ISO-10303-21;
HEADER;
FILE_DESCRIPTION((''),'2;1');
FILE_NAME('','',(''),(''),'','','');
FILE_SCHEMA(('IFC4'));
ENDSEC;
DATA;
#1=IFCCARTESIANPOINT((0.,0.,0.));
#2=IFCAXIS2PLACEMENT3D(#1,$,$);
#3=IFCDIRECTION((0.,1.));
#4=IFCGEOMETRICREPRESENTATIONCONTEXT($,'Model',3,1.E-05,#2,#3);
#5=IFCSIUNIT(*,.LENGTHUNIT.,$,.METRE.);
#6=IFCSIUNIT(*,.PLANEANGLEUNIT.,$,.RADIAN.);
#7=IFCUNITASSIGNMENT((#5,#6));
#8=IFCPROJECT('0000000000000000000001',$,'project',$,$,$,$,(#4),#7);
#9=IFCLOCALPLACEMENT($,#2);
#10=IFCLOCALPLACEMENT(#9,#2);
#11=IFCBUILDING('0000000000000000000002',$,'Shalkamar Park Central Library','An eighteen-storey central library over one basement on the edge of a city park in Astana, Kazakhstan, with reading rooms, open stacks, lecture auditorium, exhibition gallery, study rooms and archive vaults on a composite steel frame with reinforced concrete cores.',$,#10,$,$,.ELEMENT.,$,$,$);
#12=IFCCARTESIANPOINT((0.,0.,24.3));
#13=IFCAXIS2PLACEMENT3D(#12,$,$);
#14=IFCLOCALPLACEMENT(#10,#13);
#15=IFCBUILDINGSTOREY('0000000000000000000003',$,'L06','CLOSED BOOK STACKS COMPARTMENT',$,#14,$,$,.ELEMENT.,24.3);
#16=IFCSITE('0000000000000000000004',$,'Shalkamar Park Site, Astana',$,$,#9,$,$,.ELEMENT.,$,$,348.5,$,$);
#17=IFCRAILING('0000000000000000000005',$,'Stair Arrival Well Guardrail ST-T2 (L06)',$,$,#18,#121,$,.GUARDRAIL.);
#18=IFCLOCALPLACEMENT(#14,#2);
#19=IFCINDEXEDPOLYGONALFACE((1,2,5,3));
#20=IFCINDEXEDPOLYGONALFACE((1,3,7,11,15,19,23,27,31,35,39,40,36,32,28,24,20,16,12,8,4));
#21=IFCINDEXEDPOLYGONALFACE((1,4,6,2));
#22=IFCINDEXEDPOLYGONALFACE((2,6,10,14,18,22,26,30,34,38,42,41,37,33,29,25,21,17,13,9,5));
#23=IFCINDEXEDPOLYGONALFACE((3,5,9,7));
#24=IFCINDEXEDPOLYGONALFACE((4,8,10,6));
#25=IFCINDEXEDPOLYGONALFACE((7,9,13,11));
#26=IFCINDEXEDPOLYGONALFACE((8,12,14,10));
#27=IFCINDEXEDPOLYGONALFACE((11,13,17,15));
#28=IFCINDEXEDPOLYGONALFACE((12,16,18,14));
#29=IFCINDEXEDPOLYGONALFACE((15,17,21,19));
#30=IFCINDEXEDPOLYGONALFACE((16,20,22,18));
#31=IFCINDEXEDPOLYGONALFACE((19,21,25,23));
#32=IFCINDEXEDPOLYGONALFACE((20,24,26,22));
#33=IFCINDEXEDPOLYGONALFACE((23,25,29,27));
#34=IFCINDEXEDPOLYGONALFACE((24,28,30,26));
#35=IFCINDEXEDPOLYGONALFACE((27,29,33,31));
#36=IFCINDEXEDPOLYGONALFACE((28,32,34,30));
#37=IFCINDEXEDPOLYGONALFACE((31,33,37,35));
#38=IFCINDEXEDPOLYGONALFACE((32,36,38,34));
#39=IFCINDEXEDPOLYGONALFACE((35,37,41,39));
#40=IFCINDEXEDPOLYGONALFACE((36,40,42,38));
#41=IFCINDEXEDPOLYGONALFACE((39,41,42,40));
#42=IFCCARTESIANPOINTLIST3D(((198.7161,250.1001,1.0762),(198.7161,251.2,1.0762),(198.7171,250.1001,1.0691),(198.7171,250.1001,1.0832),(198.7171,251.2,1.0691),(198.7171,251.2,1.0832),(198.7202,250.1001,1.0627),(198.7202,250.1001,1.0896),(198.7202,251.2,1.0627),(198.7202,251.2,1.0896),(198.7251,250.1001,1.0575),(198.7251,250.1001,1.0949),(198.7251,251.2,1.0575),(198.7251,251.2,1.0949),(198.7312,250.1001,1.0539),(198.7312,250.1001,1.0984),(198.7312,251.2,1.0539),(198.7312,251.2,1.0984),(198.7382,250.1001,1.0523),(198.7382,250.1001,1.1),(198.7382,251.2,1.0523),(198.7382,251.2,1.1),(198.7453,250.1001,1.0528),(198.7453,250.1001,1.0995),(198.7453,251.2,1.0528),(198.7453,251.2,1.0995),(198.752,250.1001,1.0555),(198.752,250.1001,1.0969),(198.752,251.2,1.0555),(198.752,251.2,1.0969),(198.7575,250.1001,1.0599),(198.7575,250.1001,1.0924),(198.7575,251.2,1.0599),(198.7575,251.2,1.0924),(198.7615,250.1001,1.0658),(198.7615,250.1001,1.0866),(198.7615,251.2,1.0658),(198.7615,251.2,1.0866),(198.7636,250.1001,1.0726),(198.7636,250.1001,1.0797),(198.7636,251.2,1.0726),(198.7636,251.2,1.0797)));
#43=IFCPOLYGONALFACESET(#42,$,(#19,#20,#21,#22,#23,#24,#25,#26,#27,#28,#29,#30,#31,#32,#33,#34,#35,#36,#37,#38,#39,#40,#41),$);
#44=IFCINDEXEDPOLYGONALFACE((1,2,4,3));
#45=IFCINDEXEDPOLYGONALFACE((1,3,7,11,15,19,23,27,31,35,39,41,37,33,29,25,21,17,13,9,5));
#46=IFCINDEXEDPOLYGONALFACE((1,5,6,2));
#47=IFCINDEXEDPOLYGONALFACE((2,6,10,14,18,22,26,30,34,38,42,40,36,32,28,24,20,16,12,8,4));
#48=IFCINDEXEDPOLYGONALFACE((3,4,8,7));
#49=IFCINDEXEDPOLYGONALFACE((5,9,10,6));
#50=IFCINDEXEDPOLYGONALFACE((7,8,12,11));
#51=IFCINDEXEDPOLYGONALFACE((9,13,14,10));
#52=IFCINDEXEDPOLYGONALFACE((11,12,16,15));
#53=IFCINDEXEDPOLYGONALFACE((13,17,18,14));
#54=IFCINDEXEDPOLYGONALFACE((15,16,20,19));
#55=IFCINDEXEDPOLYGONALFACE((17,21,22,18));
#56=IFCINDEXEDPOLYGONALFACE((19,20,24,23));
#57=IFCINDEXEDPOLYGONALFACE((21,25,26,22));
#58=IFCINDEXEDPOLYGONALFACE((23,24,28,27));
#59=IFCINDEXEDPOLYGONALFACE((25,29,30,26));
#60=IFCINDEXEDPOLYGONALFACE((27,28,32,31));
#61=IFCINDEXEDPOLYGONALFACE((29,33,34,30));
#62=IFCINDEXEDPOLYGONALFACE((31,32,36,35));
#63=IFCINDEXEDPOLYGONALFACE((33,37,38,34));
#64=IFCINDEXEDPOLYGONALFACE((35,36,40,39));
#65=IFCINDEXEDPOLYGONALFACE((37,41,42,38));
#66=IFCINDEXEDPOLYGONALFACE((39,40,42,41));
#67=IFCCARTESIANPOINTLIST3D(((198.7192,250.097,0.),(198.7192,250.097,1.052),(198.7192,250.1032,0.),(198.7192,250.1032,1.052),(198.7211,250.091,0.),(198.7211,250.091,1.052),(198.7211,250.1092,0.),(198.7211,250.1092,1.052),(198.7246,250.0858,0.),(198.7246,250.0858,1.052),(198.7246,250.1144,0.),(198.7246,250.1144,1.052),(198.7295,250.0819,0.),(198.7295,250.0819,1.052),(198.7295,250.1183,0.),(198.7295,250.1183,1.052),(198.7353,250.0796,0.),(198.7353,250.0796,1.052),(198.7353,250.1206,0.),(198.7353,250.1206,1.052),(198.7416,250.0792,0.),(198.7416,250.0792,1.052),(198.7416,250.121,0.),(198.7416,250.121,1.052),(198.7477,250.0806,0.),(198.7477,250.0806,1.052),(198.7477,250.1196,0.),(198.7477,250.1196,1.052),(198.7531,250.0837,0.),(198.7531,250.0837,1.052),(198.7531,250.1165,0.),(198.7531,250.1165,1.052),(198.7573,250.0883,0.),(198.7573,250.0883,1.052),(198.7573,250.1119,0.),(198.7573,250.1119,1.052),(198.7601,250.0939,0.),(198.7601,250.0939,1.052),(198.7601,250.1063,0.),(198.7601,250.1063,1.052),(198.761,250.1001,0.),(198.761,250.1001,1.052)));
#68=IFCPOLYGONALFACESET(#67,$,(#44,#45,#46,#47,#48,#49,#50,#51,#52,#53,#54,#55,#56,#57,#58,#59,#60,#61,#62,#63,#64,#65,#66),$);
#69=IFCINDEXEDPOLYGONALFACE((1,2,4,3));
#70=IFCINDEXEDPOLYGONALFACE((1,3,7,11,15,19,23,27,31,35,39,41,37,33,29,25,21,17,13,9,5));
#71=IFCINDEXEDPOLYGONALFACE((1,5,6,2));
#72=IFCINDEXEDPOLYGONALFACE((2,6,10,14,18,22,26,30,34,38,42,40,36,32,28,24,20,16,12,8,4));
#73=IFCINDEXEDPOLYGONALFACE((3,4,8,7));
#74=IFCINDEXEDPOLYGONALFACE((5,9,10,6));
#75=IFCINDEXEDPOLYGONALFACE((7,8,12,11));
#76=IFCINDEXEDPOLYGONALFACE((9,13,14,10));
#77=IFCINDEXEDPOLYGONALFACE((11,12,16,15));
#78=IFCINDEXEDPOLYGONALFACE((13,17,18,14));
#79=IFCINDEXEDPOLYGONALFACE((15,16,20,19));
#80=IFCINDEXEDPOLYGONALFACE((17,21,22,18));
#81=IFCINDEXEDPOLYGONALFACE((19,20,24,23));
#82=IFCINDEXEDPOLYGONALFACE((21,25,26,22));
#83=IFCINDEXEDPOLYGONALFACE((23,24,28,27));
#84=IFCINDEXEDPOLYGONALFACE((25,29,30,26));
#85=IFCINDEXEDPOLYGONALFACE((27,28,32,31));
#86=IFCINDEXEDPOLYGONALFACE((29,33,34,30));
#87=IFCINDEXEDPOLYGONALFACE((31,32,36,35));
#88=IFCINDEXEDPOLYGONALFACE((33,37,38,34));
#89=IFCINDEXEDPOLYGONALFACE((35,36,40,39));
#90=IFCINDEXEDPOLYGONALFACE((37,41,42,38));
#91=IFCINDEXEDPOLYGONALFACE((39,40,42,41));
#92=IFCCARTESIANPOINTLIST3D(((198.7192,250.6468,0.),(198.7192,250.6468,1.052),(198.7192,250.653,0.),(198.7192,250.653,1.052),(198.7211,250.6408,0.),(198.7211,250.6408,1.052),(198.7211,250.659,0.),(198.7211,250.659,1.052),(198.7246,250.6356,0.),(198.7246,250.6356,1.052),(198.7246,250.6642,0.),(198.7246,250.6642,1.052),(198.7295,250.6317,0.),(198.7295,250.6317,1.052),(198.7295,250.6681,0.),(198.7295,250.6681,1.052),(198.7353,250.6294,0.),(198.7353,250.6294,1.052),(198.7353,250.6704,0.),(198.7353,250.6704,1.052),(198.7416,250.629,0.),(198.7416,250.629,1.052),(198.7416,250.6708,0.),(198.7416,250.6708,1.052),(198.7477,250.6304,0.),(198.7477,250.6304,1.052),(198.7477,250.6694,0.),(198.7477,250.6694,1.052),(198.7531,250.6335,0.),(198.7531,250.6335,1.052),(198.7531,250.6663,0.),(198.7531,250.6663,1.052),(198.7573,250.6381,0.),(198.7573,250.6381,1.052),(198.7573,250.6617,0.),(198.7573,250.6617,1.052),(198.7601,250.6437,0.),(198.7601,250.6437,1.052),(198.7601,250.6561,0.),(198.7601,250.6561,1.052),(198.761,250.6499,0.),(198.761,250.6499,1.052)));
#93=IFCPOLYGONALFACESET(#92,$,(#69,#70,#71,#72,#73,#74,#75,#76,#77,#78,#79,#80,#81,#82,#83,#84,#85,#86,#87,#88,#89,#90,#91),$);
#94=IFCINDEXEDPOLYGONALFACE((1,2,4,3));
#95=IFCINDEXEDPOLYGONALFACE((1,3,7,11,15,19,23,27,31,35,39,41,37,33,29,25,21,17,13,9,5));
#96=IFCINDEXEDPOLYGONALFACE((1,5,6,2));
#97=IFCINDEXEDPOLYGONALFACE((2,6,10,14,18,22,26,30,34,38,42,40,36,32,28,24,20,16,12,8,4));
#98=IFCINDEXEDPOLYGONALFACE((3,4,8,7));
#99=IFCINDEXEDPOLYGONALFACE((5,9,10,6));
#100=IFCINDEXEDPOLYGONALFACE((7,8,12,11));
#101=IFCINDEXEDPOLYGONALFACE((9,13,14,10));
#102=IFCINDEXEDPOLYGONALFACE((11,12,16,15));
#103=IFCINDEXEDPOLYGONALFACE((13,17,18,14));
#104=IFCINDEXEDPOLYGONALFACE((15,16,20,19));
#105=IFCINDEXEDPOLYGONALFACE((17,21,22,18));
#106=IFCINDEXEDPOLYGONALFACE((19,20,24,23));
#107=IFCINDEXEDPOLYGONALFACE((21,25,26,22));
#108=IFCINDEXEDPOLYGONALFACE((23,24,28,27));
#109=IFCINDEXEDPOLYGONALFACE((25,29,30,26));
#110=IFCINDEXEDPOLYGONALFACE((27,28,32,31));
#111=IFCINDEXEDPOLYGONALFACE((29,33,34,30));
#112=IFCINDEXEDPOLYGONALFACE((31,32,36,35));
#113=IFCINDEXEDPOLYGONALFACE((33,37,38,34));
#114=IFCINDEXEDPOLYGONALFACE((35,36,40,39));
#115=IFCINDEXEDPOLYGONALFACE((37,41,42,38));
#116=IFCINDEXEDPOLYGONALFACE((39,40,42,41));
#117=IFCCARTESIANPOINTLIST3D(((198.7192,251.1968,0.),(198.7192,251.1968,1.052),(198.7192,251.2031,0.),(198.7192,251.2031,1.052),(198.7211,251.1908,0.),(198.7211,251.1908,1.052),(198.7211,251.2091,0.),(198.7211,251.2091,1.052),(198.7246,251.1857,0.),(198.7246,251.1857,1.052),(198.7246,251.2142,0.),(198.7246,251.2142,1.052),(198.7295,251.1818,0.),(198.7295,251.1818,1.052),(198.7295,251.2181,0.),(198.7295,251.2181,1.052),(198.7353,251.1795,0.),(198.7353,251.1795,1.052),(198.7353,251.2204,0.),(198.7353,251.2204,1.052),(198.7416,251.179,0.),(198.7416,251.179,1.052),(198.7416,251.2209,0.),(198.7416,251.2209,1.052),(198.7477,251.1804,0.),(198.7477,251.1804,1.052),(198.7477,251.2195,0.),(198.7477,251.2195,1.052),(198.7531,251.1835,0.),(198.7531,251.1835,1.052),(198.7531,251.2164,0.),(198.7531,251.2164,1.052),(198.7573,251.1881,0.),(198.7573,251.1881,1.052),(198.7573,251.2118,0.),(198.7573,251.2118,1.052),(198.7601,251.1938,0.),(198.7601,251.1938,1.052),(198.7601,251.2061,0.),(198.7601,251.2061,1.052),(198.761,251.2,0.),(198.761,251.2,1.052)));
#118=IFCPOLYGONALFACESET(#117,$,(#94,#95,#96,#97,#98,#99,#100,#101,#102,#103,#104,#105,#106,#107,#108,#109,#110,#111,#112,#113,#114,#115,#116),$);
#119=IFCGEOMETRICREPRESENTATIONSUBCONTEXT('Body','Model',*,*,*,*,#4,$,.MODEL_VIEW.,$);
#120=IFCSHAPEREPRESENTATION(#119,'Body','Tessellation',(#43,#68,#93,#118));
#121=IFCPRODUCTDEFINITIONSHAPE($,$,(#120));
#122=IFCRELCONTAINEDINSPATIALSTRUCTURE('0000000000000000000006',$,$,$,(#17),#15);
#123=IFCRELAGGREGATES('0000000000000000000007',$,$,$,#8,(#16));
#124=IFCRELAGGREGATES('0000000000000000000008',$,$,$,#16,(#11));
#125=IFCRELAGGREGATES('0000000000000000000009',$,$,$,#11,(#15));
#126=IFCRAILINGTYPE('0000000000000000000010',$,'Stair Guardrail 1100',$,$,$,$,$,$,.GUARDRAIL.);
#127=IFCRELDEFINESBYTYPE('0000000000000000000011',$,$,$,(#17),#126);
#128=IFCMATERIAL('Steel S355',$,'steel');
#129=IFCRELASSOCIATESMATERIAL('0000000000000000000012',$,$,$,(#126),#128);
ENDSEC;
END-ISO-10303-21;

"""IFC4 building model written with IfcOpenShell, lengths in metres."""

from ifc_helpers import new_model, si_unit, direction, frame, origin, origin_2d, place, context, subcontext, project, spatial, circle, extrude, material, type_object, element, save


model = new_model("IFC4")

# Units and contexts
model_context = context("Model", 3, precision=1e-05, world=origin(), true_north=direction((0.0, 1.0)))
body_context = subcontext(model_context, "Body", "Model", "MODEL_VIEW")
ifc_project = project(units=[si_unit("LENGTHUNIT", "METRE"), si_unit("PLANEANGLEUNIT", "RADIAN")], contexts=[model_context])

# Site, building, storey
site_placement = place(None, origin())
site = spatial("IfcSite", under=ifc_project, at=site_placement, Name="Shalkamar Park Site, Astana", CompositionType="ELEMENT", RefElevation=348.5)
building_placement = place(site_placement, origin())
building = spatial("IfcBuilding", under=site, at=building_placement, Name="Shalkamar Park Central Library", Description="An eighteen-storey central library over one basement on the edge of a city park in Astana, Kazakhstan, with reading rooms, open stacks, lecture auditorium, exhibition gallery, study rooms and archive vaults on a composite steel frame with reinforced concrete cores.", CompositionType="ELEMENT")
storey_placement = place(building_placement, frame((0.0, 0.0, 24.3)))
storey = spatial("IfcBuildingStorey", under=building, at=storey_placement, Name="L06", Description="CLOSED BOOK STACKS COMPARTMENT", CompositionType="ELEMENT", Elevation=24.3)

# Shared definitions
ifc_material_1 = material(Name="Steel S355", Category="steel")

# Railing
railing_type_1 = type_object("IfcRailingType", Name="Stair Guardrail 1100", PredefinedType="GUARDRAIL", material=ifc_material_1)
railing_1_placement = place(storey_placement, frame((198.74, 250.1001, 0.0)))
element("IfcRailing", 1, at=railing_1_placement, inside=storey, type_object=railing_type_1, Name="Stair Arrival Well Guardrail ST-T2 (L06)", PredefinedType="GUARDRAIL", context=body_context, shape_type="SweptSolid", body=[
    extrude(circle(Radius=0.0239, at=origin_2d()), frame((0.0, 0.0, 1.0762), z_axis=(0.0, 1.0, 0.0), x_axis=(-1.0, 0.0, 0.0)), (0.0, 0.0, 1.0), 1.0999),
    extrude(circle(Radius=0.021, at=origin_2d()), origin(), (0.0, 0.0, 1.0), 1.052),
    extrude(circle(Radius=0.021, at=origin_2d()), frame((0.0, 0.5498, 0.0)), (0.0, 0.0, 1.0), 1.052),
    extrude(circle(Radius=0.021, at=origin_2d()), frame((0.0, 1.0999, 0.0)), (0.0, 0.0, 1.0), 1.052),
])

save(model, "model.ifc")
